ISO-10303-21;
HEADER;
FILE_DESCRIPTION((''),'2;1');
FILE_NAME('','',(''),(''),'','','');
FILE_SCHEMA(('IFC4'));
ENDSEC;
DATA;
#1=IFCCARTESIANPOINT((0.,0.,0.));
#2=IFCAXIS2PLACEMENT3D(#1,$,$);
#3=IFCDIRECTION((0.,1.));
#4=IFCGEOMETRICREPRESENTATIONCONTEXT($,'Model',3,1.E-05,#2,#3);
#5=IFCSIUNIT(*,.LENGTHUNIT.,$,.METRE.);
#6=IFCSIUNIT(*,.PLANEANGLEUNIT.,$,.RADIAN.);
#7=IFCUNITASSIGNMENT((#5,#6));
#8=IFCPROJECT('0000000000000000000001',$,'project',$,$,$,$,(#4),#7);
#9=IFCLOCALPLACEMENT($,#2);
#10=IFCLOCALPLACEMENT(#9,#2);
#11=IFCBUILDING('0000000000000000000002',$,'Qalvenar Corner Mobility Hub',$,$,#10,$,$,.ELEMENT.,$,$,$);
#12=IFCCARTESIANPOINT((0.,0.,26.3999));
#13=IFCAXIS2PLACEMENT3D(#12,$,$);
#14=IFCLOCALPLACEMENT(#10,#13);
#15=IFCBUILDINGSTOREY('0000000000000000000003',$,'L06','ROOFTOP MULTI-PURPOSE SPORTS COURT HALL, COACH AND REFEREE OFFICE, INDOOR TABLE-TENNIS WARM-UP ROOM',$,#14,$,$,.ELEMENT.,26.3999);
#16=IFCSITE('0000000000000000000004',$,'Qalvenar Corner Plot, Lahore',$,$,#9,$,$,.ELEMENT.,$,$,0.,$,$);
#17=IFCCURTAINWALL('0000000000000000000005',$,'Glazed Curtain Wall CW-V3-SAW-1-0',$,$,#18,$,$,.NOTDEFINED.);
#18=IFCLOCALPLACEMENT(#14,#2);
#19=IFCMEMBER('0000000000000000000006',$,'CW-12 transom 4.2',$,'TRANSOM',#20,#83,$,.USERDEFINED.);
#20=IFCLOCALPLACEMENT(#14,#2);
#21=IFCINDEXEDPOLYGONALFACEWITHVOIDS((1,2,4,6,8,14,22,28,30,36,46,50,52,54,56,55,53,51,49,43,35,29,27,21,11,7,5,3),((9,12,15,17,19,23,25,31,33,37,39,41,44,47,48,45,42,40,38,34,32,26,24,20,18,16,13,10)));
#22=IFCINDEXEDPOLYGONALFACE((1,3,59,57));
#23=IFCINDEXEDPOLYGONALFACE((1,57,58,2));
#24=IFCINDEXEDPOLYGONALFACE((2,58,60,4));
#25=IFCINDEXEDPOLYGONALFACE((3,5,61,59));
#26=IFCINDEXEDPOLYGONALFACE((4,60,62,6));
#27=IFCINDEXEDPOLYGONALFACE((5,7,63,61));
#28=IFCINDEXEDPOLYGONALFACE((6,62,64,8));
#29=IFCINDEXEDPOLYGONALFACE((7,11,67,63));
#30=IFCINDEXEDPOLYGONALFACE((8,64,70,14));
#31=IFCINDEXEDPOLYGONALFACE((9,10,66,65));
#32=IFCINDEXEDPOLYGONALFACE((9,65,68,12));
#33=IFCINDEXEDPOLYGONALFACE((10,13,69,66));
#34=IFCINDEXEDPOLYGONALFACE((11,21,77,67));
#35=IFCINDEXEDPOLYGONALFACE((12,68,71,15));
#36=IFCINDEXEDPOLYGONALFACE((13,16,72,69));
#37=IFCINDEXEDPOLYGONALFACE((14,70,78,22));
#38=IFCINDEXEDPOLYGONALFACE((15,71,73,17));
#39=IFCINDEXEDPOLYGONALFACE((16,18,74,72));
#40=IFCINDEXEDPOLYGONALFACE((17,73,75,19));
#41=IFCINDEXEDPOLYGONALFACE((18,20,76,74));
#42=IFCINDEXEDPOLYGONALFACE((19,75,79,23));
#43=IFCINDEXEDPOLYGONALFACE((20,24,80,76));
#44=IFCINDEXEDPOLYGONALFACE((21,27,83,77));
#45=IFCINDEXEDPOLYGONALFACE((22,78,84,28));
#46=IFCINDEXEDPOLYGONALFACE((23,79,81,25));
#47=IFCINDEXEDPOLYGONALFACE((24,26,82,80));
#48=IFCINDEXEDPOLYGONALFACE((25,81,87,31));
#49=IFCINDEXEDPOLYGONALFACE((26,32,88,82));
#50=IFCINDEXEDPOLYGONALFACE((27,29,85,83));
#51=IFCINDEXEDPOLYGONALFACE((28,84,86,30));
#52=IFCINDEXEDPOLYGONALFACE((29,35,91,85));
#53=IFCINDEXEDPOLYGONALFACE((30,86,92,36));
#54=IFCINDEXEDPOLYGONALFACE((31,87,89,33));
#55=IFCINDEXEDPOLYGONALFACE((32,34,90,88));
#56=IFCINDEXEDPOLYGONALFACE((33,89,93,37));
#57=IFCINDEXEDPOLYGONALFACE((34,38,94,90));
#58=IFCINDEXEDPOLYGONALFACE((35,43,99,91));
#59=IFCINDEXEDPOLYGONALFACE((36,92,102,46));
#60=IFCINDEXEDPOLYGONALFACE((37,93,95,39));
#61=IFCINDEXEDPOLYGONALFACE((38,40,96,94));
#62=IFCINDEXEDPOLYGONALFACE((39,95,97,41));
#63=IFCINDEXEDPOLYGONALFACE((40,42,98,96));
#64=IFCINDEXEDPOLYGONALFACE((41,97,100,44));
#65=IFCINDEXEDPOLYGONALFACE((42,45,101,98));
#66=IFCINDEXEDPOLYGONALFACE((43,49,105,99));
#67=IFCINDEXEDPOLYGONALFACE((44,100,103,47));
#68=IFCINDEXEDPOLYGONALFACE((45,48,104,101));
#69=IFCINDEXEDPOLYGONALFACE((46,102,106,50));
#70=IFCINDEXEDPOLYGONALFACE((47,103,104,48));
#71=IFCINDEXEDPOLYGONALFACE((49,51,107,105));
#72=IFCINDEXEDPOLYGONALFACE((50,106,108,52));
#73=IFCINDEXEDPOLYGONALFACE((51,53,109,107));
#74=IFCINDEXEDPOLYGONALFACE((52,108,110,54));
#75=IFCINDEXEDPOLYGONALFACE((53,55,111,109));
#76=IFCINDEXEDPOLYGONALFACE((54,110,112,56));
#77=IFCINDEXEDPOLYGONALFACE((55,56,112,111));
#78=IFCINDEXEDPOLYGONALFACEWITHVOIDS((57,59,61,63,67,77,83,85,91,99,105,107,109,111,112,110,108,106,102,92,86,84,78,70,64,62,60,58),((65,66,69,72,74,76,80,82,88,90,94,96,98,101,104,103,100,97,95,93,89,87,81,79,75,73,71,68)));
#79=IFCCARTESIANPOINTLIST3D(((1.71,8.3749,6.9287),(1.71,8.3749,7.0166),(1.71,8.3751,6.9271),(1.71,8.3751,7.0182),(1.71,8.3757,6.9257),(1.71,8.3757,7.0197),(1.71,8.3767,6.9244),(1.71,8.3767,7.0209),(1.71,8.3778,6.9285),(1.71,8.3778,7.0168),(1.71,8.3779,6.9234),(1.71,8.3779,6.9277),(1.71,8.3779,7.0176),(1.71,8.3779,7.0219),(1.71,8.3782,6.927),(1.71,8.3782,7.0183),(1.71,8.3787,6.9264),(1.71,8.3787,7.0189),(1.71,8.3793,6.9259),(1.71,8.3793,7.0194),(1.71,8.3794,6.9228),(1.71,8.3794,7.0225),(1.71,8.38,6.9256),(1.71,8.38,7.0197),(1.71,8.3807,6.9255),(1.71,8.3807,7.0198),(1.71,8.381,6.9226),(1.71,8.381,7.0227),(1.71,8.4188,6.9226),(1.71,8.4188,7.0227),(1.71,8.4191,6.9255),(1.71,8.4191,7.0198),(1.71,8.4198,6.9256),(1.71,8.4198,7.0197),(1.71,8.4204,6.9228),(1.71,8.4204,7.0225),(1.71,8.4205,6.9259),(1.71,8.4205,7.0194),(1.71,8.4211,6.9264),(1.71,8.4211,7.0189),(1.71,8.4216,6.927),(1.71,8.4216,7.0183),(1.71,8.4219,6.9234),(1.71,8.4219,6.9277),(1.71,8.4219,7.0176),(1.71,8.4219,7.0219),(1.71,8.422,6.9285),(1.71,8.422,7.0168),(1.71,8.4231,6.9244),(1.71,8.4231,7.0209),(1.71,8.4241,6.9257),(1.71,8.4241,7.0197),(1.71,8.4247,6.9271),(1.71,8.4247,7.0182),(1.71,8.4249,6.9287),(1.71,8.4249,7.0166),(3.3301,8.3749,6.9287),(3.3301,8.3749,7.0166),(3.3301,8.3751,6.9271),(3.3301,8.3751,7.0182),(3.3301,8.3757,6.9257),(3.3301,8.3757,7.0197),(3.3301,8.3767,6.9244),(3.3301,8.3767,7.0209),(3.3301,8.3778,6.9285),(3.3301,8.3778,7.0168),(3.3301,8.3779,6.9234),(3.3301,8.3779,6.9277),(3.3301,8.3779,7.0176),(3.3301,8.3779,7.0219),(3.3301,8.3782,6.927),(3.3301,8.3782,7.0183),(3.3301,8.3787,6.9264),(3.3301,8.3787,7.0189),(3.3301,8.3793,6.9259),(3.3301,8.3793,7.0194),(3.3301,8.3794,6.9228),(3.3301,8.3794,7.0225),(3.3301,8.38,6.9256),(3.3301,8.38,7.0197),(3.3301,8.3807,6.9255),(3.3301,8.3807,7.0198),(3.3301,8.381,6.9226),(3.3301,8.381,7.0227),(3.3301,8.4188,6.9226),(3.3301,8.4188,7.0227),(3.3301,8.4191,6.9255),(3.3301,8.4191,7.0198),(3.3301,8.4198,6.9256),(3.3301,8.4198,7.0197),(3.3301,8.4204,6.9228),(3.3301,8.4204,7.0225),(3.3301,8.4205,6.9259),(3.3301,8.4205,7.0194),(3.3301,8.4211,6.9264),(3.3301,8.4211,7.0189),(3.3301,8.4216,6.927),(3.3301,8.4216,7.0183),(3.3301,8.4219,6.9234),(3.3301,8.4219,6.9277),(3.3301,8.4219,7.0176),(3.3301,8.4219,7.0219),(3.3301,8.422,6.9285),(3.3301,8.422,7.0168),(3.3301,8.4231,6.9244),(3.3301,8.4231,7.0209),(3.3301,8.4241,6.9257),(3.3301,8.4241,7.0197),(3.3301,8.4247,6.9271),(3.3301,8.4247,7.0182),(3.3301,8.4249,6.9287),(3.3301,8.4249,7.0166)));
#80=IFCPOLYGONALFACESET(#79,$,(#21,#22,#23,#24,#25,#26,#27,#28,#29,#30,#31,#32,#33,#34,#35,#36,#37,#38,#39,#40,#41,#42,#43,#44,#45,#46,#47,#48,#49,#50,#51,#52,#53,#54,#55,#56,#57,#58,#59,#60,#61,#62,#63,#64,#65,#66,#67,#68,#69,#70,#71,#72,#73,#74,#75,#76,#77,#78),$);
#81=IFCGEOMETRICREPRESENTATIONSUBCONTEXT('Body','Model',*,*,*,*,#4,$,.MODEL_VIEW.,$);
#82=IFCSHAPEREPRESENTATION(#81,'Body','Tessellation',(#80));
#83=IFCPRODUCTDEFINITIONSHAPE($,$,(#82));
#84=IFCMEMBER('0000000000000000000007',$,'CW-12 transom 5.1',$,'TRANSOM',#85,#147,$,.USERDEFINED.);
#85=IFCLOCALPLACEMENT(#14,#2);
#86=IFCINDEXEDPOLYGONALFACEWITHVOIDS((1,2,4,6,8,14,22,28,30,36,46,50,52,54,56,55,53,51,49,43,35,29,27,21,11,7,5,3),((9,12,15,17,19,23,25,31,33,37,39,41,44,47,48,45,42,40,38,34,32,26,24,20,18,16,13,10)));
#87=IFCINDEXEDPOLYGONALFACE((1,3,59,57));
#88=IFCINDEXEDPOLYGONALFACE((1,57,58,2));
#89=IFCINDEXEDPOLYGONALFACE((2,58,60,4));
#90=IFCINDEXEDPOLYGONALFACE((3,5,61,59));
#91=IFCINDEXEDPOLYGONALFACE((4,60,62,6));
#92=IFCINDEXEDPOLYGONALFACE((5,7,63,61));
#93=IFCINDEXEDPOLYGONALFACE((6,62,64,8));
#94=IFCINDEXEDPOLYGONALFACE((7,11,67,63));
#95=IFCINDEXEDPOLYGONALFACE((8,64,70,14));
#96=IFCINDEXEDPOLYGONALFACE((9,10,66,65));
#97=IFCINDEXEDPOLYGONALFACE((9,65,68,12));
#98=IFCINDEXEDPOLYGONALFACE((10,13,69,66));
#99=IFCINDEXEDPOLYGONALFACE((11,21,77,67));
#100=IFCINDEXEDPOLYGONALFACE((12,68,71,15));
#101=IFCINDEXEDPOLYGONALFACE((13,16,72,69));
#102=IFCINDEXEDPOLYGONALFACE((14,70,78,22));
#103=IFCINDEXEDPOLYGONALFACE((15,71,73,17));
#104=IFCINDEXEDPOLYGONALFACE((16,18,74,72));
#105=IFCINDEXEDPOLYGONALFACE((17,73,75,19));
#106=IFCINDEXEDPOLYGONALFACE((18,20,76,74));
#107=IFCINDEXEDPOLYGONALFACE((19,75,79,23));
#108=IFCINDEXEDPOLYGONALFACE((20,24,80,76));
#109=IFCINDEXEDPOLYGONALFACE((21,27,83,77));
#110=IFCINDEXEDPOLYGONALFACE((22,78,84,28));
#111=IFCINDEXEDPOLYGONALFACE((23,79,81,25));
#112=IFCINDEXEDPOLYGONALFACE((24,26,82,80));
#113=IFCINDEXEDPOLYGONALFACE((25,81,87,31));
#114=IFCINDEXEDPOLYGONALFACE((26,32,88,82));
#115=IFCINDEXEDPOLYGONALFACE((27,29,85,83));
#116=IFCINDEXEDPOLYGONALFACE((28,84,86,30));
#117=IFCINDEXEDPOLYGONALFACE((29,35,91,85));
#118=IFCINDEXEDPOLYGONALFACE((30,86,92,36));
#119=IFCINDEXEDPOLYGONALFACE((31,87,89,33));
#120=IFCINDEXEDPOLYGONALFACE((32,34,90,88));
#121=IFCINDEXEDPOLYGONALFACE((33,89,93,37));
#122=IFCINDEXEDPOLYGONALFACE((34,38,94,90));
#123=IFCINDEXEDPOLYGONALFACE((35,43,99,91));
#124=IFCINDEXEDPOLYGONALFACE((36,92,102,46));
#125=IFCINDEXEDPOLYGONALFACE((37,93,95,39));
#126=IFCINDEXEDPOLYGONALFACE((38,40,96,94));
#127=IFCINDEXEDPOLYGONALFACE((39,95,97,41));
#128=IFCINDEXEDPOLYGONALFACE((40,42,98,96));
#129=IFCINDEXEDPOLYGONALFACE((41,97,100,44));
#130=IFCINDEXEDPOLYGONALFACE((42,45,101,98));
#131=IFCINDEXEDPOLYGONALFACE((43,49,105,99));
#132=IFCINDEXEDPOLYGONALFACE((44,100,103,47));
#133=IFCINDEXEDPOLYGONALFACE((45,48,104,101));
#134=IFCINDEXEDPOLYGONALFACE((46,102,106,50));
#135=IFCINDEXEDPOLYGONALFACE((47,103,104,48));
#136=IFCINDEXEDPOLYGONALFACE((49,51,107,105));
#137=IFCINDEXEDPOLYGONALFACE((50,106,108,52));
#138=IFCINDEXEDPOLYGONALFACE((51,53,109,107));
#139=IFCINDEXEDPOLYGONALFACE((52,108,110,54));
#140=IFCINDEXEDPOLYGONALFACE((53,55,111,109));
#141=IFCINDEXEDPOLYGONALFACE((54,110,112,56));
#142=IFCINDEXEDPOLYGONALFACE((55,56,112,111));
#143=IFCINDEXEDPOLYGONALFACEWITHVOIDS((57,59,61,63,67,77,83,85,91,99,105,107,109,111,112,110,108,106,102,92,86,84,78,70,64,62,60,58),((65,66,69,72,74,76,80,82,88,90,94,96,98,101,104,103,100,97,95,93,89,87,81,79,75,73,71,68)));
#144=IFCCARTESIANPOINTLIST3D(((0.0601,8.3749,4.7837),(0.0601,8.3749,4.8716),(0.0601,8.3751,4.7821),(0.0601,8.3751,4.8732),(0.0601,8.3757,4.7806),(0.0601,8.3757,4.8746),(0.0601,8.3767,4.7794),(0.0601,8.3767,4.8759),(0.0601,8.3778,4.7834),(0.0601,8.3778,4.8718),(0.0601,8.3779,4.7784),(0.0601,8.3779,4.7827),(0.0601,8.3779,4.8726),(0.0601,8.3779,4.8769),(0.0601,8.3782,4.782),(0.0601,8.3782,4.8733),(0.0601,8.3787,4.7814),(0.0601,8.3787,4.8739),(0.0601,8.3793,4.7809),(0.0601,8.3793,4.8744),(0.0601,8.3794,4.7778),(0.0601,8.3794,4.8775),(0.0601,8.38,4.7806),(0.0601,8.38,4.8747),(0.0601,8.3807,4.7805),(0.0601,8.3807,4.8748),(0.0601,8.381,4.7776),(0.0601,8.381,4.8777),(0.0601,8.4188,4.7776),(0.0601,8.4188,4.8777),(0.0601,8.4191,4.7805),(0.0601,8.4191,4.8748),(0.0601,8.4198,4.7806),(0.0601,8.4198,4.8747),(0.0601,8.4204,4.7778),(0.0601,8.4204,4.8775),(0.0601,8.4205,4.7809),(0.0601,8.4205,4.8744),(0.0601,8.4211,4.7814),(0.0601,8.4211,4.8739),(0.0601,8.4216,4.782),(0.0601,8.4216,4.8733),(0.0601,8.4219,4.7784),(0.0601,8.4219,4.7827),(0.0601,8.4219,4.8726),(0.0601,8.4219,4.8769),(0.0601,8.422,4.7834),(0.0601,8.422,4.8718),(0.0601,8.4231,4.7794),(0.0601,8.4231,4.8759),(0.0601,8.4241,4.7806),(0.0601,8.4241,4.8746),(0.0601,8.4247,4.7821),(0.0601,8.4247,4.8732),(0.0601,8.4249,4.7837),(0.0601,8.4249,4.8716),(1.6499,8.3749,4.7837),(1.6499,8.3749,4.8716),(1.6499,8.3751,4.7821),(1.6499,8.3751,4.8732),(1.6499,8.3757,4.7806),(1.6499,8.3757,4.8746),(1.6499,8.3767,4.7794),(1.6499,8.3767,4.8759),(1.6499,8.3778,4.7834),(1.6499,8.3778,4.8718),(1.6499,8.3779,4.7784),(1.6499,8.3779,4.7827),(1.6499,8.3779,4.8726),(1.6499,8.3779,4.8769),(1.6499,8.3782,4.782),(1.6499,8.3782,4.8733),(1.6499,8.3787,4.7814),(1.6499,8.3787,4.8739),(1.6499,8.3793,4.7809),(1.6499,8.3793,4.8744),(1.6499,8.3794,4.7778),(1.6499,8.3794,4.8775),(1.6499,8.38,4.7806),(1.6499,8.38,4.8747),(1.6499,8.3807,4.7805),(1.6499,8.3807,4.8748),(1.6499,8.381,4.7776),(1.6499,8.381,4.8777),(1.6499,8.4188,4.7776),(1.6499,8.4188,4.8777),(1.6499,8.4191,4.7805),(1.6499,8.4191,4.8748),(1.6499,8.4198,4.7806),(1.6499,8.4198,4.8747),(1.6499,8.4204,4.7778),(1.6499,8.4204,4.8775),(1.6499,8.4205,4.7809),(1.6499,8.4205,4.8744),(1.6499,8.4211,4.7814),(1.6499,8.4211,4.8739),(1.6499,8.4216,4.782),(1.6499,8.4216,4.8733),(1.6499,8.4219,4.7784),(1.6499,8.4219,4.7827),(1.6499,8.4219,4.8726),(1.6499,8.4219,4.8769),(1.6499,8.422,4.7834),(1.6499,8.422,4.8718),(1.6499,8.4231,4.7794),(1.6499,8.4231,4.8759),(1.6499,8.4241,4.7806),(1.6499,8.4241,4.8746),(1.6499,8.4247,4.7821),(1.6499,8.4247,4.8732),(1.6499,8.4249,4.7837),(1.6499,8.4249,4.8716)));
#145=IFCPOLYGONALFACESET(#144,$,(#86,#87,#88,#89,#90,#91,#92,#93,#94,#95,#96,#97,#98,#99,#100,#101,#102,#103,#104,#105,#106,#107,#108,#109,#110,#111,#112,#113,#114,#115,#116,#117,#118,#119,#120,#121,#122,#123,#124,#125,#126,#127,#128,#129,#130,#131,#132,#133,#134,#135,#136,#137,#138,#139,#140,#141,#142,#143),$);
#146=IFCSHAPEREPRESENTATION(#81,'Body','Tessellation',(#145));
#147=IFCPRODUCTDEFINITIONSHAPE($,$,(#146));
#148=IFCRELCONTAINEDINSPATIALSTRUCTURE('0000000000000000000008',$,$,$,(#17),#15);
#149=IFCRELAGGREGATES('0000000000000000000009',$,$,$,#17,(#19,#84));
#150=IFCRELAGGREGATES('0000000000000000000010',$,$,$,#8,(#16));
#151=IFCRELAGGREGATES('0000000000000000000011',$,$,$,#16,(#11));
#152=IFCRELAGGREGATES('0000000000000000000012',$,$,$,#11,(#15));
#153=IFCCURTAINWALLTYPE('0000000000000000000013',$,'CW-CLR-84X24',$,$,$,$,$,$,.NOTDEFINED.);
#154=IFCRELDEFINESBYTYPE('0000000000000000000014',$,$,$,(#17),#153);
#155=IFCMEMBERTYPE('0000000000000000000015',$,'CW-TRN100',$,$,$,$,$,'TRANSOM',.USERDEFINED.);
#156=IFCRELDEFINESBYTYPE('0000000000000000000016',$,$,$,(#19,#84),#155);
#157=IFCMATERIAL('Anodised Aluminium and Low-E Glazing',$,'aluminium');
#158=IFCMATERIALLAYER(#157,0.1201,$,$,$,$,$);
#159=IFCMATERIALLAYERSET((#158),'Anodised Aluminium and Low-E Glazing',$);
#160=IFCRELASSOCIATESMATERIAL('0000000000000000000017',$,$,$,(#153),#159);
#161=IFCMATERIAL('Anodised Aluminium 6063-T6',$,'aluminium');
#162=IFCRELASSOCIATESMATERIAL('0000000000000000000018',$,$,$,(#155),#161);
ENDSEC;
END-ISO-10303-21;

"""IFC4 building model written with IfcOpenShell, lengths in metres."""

from ifc_helpers import new_model, si_unit, direction, frame, origin, origin_2d, place, context, subcontext, project, spatial, hollow_rectangle, extrude, material, layer, layer_set, material_profile, profile_set, type_object, element, aggregate, save


model = new_model("IFC4")

# Units and contexts
model_context = context("Model", 3, precision=1e-05, world=origin(), true_north=direction((0.0, 1.0)))
body_context = subcontext(model_context, "Body", "Model", "MODEL_VIEW")
ifc_project = project(units=[si_unit("LENGTHUNIT", "METRE"), si_unit("PLANEANGLEUNIT", "RADIAN")], contexts=[model_context])

# Site, building, storey
site_placement = place(None, origin())
site = spatial("IfcSite", under=ifc_project, at=site_placement, Name="Qalvenar Corner Plot, Lahore", CompositionType="ELEMENT", RefElevation=0.0)
building_placement = place(site_placement, origin())
building = spatial("IfcBuilding", under=site, at=building_placement, Name="Qalvenar Corner Mobility Hub", CompositionType="ELEMENT")
storey_placement = place(building_placement, frame((0.0, 0.0, 26.3999)))
storey = spatial("IfcBuildingStorey", under=building, at=storey_placement, Name="L06", Description="ROOFTOP MULTI-PURPOSE SPORTS COURT HALL, COACH AND REFEREE OFFICE, INDOOR TABLE-TENNIS WARM-UP ROOM", CompositionType="ELEMENT", Elevation=26.3999)

# Curtain wall
ifc_material_1 = material(Name="Anodised Aluminium and Low-E Glazing", Category="aluminium")
ifc_layer_1 = layer(ifc_material_1, 0.1201)
ifc_layer_set_1 = layer_set([ifc_layer_1], Name="Anodised Aluminium and Low-E Glazing")
curtain_wall_type_1 = type_object("IfcCurtainWallType", Name="CW-CLR-84X24", PredefinedType="NOTDEFINED", material=ifc_layer_set_1)
curtain_wall_1_placement = place(storey_placement, origin())
curtain_wall_1 = element("IfcCurtainWall", 1, at=curtain_wall_1_placement, inside=storey, type_object=curtain_wall_type_1, Name="Glazed Curtain Wall CW-V3-SAW-1-0", PredefinedType="NOTDEFINED")
ifc_material_2 = material(Name="Anodised Aluminium 6063-T6", Category="aluminium")

# Members
ifc_material_profile_1 = material_profile(ifc_material_2, hollow_rectangle(XDim=0.05, YDim=0.1001, WallThickness=0.0029, InnerFilletRadius=0.0029, OuterFilletRadius=0.0061, at=origin_2d()), Name="RHS100x50x3")
ifc_profile_set_1 = profile_set([ifc_material_profile_1], Name="Anodised Aluminium 6063-T6")
member_type_1 = type_object("IfcMemberType", Name="CW-TRN100", ElementType="TRANSOM", PredefinedType="USERDEFINED", material=ifc_profile_set_1)
member_1_placement = place(storey_placement, frame((3.3301, 8.3999, 6.9727), z_axis=(-1.0, 0.0, 0.0), x_axis=(0.0, -1.0, 0.0)))
member_1 = element("IfcMember", 2, at=member_1_placement, type_object=member_type_1, Name="CW-12 transom 4.2", ObjectType="TRANSOM", PredefinedType="USERDEFINED", context=body_context, shape_type="SweptSolid", body=[
    extrude(hollow_rectangle(XDim=0.05, YDim=0.1001, WallThickness=0.0029, InnerFilletRadius=0.0029, OuterFilletRadius=0.0061, at=origin_2d()), origin(), (0.0, 0.0, 1.0), 1.6201),
])
member_2_placement = place(storey_placement, frame((1.6499, 8.3999, 4.8276), z_axis=(-1.0, 0.0, 0.0), x_axis=(0.0, -1.0, 0.0)))
member_2 = element("IfcMember", 3, at=member_2_placement, type_object=member_type_1, Name="CW-12 transom 5.1", ObjectType="TRANSOM", PredefinedType="USERDEFINED", context=body_context, shape_type="SweptSolid", body=[
    extrude(hollow_rectangle(XDim=0.05, YDim=0.1001, WallThickness=0.0029, InnerFilletRadius=0.0029, OuterFilletRadius=0.0061, at=origin_2d()), origin(), (0.0, 0.0, 1.0), 1.5898),
])

aggregate(curtain_wall_1, [member_1, member_2])

save(model, "model.ifc")
